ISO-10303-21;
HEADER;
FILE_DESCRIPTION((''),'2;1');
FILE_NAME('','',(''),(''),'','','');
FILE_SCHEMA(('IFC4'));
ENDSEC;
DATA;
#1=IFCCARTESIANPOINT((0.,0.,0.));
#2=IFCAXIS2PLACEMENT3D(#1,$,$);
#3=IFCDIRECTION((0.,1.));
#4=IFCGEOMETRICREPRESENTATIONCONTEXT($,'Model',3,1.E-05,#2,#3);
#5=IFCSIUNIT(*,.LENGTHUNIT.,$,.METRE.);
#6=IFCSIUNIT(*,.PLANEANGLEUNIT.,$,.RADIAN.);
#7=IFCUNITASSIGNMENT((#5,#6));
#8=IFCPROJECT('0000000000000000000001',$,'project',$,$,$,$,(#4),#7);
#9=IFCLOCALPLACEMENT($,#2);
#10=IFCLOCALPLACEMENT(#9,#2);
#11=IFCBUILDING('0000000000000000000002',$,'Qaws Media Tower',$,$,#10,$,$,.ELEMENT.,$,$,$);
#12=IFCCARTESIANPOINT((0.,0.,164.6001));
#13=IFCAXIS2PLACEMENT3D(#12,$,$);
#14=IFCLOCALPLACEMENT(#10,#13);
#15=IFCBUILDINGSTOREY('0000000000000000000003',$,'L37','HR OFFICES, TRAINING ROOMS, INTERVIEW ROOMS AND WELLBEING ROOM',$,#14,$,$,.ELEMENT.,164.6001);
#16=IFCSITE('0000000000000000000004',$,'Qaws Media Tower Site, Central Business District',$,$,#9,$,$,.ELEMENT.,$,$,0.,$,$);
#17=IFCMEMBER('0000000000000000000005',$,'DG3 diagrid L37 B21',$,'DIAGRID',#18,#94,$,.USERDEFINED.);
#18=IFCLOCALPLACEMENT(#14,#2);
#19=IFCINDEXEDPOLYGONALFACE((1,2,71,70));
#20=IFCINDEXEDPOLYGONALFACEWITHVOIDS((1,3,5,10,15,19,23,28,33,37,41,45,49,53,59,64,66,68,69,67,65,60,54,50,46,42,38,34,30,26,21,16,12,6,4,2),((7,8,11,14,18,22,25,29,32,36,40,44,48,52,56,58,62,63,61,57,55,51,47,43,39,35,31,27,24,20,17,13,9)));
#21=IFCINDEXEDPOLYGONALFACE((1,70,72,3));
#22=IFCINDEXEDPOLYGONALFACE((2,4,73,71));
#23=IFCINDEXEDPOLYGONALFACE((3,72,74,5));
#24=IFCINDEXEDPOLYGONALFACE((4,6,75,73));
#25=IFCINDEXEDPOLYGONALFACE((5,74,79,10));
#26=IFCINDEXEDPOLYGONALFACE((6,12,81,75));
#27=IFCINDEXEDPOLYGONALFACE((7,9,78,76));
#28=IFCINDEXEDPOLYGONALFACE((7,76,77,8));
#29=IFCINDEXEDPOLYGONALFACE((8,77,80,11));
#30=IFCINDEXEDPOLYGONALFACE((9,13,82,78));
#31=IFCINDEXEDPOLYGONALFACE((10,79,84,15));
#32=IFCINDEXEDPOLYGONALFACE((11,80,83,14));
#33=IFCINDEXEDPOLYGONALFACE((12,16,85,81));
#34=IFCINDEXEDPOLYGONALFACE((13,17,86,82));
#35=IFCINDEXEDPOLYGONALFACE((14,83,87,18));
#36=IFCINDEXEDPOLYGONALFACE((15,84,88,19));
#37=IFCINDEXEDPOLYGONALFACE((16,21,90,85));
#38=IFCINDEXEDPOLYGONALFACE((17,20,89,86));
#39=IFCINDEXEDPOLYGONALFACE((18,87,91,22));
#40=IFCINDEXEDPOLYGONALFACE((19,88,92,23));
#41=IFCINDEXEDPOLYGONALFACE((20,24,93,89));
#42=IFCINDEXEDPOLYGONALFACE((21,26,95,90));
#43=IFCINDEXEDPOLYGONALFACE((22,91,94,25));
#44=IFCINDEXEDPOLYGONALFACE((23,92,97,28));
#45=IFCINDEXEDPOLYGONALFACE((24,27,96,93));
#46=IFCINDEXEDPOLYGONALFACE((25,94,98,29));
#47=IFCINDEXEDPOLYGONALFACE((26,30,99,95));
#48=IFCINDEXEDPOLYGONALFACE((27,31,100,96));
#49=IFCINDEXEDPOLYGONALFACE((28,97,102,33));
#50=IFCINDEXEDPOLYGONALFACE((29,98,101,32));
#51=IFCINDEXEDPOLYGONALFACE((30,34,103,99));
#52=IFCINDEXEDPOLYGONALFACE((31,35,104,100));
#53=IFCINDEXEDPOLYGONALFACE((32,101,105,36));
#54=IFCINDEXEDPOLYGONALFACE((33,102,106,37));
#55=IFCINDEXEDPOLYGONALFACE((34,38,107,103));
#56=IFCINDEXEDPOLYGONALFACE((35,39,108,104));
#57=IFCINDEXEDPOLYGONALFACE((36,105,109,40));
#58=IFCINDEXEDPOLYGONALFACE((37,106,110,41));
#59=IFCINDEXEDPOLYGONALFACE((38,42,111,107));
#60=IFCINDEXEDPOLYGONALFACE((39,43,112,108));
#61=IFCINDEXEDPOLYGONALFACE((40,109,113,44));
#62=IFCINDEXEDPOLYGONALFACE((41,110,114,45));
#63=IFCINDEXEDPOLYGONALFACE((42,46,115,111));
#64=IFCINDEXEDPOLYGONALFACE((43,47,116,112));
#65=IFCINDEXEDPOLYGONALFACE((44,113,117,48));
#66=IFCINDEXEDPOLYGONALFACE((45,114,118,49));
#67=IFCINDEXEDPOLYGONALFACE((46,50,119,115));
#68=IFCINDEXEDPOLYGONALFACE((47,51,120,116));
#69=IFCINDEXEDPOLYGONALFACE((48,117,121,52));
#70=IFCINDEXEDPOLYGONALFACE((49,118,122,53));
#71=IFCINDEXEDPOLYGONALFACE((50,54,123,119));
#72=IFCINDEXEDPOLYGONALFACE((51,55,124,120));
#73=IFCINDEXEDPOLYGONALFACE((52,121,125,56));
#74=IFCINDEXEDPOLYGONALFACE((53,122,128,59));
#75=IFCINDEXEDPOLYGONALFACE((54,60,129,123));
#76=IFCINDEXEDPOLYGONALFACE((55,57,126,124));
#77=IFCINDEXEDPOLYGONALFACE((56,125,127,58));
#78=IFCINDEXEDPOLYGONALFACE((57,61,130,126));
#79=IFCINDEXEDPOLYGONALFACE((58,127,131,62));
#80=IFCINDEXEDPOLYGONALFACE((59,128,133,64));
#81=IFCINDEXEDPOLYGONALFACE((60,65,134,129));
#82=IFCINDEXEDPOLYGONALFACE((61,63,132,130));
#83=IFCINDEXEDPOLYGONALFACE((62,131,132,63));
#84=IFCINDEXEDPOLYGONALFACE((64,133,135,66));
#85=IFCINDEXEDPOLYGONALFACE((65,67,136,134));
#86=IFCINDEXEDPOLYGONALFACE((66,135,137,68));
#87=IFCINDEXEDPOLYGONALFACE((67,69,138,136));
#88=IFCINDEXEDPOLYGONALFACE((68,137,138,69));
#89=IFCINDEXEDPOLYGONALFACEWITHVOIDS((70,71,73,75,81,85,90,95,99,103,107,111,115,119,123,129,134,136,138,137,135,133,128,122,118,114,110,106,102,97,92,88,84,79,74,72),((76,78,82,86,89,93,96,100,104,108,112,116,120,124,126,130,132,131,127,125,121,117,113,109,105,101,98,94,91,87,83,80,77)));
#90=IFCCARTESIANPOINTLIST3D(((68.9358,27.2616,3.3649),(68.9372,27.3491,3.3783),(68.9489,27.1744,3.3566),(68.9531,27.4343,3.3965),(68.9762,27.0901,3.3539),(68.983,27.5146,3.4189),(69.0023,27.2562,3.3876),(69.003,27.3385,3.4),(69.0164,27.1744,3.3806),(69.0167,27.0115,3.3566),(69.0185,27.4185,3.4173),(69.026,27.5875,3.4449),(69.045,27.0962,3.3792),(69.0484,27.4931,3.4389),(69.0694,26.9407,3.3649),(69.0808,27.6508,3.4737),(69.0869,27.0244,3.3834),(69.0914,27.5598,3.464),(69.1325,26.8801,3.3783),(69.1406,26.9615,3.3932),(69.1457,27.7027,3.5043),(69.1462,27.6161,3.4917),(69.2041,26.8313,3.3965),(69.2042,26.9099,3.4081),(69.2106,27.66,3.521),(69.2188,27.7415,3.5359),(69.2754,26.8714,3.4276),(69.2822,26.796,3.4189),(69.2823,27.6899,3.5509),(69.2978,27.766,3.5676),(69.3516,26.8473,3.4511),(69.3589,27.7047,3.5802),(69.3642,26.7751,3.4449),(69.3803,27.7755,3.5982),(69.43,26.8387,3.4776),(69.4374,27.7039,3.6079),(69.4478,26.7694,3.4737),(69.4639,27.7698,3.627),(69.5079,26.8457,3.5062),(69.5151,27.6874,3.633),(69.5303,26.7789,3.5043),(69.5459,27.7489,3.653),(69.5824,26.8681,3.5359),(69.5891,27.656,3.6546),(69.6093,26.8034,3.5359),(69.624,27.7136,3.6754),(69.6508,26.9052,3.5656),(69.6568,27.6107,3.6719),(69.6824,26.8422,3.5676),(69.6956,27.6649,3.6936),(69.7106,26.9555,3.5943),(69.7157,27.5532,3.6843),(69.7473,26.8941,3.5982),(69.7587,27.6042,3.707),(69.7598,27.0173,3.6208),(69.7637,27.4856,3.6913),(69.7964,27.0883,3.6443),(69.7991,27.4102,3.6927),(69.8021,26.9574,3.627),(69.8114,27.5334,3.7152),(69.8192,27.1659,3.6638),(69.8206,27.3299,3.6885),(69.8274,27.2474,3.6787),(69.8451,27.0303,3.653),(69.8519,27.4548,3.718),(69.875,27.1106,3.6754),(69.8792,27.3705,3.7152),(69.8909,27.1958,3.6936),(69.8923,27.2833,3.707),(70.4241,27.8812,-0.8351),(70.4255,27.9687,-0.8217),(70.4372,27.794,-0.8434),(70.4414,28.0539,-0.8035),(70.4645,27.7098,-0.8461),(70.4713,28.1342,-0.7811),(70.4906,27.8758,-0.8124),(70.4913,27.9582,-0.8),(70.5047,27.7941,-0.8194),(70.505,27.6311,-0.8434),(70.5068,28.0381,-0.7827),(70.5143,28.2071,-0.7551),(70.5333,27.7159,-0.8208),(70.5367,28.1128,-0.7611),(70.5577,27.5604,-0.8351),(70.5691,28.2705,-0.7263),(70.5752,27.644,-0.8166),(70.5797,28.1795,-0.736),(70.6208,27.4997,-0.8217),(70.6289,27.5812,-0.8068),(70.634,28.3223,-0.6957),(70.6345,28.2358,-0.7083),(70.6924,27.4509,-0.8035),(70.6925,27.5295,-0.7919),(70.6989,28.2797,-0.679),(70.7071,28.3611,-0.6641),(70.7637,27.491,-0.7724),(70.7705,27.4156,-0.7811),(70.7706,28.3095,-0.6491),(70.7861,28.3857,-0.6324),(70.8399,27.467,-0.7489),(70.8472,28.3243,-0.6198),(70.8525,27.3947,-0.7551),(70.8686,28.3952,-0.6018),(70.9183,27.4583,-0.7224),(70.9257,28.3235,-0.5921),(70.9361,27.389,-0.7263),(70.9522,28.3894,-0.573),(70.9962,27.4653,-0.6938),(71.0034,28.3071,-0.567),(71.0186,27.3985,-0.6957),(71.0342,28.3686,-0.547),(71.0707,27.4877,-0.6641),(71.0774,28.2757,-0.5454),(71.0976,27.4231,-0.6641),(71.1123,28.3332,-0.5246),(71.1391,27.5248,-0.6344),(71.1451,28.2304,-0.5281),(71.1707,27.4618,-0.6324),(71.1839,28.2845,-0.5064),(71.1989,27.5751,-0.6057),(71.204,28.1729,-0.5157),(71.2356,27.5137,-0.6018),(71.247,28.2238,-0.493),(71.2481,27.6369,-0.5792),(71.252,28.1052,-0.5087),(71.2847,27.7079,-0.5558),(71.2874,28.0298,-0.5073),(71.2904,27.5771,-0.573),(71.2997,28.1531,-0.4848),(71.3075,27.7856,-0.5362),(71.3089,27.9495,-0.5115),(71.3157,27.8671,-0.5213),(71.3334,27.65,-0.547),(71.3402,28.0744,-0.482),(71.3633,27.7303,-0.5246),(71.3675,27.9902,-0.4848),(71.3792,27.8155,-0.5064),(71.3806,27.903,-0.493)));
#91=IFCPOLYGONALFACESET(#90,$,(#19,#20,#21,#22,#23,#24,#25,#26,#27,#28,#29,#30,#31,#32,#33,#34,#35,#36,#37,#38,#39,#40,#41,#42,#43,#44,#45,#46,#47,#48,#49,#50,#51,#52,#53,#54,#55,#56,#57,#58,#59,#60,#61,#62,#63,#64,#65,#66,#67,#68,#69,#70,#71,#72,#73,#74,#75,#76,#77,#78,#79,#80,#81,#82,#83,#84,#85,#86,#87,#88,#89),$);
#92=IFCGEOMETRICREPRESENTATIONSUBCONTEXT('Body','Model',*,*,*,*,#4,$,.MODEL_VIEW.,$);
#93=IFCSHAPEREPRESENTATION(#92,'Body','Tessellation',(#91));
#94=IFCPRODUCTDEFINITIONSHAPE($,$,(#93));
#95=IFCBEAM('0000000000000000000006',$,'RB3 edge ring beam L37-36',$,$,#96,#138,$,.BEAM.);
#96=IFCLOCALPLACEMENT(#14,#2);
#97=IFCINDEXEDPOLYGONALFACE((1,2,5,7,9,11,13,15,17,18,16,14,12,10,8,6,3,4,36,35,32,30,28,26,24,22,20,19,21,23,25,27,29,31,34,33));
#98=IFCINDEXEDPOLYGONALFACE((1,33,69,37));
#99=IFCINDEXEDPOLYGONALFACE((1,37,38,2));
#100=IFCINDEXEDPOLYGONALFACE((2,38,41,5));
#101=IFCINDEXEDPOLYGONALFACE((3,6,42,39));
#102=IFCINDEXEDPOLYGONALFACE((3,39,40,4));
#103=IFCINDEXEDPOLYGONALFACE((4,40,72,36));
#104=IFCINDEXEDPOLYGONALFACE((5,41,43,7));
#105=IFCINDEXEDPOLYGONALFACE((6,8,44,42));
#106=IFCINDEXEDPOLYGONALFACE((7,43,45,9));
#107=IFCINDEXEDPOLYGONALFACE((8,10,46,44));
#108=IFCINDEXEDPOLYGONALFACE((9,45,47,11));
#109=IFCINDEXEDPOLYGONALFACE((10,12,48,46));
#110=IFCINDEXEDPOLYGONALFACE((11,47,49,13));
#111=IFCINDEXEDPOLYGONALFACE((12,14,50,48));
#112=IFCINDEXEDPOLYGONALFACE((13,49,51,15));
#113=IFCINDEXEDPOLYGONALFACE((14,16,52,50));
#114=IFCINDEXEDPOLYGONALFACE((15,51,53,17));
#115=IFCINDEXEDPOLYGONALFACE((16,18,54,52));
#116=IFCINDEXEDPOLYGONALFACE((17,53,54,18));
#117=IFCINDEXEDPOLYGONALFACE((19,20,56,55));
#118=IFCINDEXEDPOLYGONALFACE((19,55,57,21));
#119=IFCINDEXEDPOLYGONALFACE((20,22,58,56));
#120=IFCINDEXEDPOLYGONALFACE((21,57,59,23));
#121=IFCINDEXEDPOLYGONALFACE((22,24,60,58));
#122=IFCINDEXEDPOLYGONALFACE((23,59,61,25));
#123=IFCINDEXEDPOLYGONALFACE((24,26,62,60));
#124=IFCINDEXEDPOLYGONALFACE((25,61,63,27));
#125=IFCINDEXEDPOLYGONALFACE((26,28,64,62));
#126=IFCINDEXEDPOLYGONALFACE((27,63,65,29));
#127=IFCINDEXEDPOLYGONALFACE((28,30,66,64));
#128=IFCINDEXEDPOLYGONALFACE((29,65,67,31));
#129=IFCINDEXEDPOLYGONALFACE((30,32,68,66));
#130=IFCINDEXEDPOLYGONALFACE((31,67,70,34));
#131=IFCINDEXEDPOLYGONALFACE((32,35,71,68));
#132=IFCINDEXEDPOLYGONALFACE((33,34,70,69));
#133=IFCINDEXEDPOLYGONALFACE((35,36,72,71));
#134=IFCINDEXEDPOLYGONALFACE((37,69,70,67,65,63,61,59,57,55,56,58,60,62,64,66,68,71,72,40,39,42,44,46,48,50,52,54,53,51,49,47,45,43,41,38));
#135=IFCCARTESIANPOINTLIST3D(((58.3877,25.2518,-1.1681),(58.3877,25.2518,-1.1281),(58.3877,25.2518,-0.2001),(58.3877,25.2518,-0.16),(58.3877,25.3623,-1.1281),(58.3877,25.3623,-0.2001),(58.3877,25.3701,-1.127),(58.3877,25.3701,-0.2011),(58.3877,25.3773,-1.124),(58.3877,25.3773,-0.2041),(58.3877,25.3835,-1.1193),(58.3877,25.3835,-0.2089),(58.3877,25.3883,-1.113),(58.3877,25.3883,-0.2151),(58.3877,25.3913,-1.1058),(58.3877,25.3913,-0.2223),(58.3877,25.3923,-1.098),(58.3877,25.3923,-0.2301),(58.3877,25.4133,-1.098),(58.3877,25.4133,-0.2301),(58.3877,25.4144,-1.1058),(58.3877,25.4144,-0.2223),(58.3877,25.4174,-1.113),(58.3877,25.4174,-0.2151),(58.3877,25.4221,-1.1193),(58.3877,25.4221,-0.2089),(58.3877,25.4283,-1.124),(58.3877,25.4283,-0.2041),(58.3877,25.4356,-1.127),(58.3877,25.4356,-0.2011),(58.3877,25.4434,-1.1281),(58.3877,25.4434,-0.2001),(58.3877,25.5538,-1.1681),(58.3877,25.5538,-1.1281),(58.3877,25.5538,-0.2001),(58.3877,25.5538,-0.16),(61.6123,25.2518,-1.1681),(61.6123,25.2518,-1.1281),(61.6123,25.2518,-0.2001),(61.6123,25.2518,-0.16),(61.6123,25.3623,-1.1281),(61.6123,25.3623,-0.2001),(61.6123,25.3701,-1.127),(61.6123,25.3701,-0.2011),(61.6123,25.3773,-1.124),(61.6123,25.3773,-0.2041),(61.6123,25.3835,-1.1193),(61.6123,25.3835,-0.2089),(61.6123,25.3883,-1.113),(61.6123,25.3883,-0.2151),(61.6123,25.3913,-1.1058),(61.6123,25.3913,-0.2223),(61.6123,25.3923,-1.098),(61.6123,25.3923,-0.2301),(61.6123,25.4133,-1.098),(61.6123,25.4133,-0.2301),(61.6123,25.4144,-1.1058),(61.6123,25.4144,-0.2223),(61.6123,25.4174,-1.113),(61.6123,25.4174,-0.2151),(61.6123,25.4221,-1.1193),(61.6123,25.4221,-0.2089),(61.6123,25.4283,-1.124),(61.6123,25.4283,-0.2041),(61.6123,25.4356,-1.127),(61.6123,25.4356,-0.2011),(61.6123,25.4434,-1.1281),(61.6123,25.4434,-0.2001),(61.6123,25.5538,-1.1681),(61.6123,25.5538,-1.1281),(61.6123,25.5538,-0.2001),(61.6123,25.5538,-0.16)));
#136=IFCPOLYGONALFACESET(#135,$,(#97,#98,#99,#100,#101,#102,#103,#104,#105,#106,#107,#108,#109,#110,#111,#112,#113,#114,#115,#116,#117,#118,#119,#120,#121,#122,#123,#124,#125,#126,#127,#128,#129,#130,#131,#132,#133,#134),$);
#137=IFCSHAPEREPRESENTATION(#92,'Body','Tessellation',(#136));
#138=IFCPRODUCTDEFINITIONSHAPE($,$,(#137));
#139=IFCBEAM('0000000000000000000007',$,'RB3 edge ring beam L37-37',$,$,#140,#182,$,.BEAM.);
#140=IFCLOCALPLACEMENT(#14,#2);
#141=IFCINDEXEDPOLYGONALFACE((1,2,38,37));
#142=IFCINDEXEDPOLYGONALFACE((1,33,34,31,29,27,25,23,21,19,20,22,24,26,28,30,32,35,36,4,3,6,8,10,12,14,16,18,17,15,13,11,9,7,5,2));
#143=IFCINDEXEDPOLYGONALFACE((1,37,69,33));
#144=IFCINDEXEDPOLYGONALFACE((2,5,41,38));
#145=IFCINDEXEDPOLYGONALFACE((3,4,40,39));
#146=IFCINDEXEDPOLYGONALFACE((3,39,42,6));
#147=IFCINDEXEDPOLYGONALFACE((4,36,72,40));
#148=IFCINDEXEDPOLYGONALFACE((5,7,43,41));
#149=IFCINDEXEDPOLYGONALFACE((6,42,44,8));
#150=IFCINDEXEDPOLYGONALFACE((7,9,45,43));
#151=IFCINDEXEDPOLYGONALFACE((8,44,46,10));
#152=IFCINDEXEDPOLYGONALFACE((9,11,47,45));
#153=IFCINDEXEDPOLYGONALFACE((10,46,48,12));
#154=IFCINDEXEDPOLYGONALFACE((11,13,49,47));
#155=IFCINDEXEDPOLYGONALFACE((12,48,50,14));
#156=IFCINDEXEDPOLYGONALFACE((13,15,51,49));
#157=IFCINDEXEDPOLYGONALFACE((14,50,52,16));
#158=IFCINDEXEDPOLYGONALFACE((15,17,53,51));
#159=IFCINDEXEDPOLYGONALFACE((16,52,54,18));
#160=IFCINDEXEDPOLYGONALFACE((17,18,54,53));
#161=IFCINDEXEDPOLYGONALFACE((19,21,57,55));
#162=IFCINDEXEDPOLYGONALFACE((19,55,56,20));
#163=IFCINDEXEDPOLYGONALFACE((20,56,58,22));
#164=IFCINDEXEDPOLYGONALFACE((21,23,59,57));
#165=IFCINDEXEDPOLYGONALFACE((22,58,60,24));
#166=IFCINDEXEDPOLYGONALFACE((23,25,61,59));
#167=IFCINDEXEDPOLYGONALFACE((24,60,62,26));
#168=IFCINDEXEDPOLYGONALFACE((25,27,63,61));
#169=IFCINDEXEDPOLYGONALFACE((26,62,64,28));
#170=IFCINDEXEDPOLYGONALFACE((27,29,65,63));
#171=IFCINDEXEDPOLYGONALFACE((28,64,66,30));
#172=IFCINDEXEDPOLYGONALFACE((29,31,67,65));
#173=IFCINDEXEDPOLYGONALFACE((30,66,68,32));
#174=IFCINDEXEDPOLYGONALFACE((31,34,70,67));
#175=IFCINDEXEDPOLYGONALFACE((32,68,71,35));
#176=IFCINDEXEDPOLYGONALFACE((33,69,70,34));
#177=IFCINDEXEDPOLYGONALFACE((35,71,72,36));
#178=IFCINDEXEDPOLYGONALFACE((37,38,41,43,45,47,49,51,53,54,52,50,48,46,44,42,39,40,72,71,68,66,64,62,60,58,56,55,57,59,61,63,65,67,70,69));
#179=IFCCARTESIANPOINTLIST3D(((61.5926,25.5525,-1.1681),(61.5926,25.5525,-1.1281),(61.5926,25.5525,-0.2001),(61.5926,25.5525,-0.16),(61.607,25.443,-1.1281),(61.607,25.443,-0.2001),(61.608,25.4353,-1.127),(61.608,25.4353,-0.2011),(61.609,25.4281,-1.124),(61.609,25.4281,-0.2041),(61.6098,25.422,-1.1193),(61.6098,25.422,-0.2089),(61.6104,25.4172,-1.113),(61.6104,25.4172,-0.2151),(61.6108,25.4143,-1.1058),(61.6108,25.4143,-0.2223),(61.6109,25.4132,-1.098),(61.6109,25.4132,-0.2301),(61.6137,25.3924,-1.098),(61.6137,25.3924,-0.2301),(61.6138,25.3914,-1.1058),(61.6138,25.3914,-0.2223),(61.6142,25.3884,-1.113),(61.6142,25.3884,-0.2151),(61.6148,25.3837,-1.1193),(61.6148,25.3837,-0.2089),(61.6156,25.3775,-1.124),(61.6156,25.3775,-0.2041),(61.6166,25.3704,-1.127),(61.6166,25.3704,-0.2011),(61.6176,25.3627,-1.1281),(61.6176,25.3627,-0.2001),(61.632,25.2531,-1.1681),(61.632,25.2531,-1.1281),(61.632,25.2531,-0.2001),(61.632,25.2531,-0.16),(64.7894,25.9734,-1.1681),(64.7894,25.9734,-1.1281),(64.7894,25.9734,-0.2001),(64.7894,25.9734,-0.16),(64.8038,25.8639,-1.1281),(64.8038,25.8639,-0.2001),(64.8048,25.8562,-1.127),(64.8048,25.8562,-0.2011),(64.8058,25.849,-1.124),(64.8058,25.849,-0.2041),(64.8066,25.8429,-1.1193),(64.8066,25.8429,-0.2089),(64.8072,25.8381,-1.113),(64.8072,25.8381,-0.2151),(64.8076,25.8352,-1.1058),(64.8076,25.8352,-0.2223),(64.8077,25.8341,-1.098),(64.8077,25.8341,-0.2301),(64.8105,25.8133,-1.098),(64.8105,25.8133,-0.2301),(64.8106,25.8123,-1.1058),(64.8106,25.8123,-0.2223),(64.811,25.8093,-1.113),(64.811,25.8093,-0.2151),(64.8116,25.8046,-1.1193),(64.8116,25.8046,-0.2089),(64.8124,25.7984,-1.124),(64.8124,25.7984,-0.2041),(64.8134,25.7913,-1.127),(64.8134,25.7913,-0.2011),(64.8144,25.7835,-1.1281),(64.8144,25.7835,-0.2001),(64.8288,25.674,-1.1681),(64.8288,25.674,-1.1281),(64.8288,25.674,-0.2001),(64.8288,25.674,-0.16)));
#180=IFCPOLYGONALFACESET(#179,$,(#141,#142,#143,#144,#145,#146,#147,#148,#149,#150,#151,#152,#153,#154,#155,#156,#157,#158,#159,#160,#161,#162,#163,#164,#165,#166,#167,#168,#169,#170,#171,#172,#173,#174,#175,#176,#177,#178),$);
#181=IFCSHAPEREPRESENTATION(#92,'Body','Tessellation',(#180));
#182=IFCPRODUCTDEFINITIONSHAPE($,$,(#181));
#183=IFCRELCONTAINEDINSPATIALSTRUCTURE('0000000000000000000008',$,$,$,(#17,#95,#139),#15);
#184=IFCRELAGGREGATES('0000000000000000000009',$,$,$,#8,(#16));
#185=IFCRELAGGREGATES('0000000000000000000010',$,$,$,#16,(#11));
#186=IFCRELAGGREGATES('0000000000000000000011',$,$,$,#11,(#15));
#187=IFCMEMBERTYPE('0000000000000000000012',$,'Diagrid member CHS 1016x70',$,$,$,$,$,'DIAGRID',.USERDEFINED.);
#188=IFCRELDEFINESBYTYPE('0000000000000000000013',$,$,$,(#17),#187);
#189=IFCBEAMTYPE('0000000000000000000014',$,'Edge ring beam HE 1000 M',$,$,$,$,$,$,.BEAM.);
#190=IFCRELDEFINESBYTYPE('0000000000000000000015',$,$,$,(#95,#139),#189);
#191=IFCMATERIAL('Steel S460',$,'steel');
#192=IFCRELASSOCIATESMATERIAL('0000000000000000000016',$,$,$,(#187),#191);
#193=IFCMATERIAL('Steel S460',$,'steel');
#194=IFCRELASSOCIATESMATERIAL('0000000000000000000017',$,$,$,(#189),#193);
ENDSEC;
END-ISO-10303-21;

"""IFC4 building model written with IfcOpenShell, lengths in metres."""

from ifc_helpers import new_model, si_unit, direction, frame, origin, origin_2d, place, context, subcontext, project, spatial, hollow_circle, i_section, extrude, material, material_profile, profile_set, type_object, element, save


model = new_model("IFC4")

# Units and contexts
model_context = context("Model", 3, precision=1e-05, world=origin(), true_north=direction((0.0, 1.0)))
body_context = subcontext(model_context, "Body", "Model", "MODEL_VIEW")
ifc_project = project(units=[si_unit("LENGTHUNIT", "METRE"), si_unit("PLANEANGLEUNIT", "RADIAN")], contexts=[model_context])

# Site, building, storey
site_placement = place(None, origin())
site = spatial("IfcSite", under=ifc_project, at=site_placement, Name="Qaws Media Tower Site, Central Business District", CompositionType="ELEMENT", RefElevation=0.0)
building_placement = place(site_placement, origin())
building = spatial("IfcBuilding", under=site, at=building_placement, Name="Qaws Media Tower", CompositionType="ELEMENT")
storey_placement = place(building_placement, frame((0.0, 0.0, 164.6001)))
storey = spatial("IfcBuildingStorey", under=building, at=storey_placement, Name="L37", Description="HR OFFICES, TRAINING ROOMS, INTERVIEW ROOMS AND WELLBEING ROOM", CompositionType="ELEMENT", Elevation=164.6001)

# Member
ifc_material_1 = material(Name="Steel S460", Category="steel")
ifc_material_profile_1 = material_profile(ifc_material_1, hollow_circle(Radius=0.5081, WallThickness=0.0701, at=origin_2d()), Name="CHS 1016x70")
ifc_profile_set_1 = profile_set([ifc_material_profile_1], Name="Steel S460")
member_type_1 = type_object("IfcMemberType", Name="Diagrid member CHS 1016x70", ElementType="DIAGRID", PredefinedType="USERDEFINED", material=ifc_profile_set_1)
for number, where, z_axis, x_axis, name in (
    (1, (70.9023, 27.8921, -0.6641), (-0.330823, -0.137734, 0.933587), (0.384357, -0.923184, 0.0), "DG3 diagrid L37 B21"),
):
    element("IfcMember", number, at=place(storey_placement, frame(where, z_axis=z_axis, x_axis=x_axis)), inside=storey, type_object=member_type_1, Name=name, ObjectType="DIAGRID", PredefinedType="USERDEFINED", context=body_context, shape_type="SweptSolid", body=[
        extrude(hollow_circle(Radius=0.5081, WallThickness=0.0701, at=origin_2d()), origin(), (0.0, 0.0, 1.0), 4.4988),
    ])

# Beams
ifc_material_2 = material(Name="Steel S460", Category="steel")
ifc_material_profile_2 = material_profile(ifc_material_2, i_section(OverallWidth=0.302, OverallDepth=1.0081, WebThickness=0.021, FlangeThickness=0.04, FilletRadius=0.03, at=origin_2d()), Name="HE 1000 M")
ifc_profile_set_2 = profile_set([ifc_material_profile_2], Name="Steel S460")
beam_type = type_object("IfcBeamType", Name="Edge ring beam HE 1000 M", PredefinedType="BEAM", material=ifc_profile_set_2)
beam_1_placement = place(storey_placement, frame((58.3877, 25.4028, -0.6641), z_axis=(1.0, 0.0, 0.0), x_axis=(0.0, 1.0, 0.0)))
element("IfcBeam", 2, at=beam_1_placement, inside=storey, type_object=beam_type, Name="RB3 edge ring beam L37-36", PredefinedType="BEAM", context=body_context, shape_type="SweptSolid", body=[
    extrude(i_section(OverallWidth=0.302, OverallDepth=1.0081, WebThickness=0.021, FlangeThickness=0.04, FilletRadius=0.03, at=origin_2d()), origin(), (0.0, 0.0, 1.0), 3.2246),
])
for number, where, z_axis, x_axis, name in (
    (3, (61.6123, 25.4028, -0.6641), (0.991443, 0.130537, 0.0), (-0.130537, 0.991443, 0.0), "RB3 edge ring beam L37-37"),
):
    element("IfcBeam", number, at=place(storey_placement, frame(where, z_axis=z_axis, x_axis=x_axis)), inside=storey, type_object=beam_type, Name=name, PredefinedType="BEAM", context=body_context, shape_type="SweptSolid", body=[
        extrude(i_section(OverallWidth=0.302, OverallDepth=1.0081, WebThickness=0.021, FlangeThickness=0.04, FilletRadius=0.03, at=origin_2d()), origin(), (0.0, 0.0, 1.0), 3.2244),
    ])

save(model, "model.ifc")
